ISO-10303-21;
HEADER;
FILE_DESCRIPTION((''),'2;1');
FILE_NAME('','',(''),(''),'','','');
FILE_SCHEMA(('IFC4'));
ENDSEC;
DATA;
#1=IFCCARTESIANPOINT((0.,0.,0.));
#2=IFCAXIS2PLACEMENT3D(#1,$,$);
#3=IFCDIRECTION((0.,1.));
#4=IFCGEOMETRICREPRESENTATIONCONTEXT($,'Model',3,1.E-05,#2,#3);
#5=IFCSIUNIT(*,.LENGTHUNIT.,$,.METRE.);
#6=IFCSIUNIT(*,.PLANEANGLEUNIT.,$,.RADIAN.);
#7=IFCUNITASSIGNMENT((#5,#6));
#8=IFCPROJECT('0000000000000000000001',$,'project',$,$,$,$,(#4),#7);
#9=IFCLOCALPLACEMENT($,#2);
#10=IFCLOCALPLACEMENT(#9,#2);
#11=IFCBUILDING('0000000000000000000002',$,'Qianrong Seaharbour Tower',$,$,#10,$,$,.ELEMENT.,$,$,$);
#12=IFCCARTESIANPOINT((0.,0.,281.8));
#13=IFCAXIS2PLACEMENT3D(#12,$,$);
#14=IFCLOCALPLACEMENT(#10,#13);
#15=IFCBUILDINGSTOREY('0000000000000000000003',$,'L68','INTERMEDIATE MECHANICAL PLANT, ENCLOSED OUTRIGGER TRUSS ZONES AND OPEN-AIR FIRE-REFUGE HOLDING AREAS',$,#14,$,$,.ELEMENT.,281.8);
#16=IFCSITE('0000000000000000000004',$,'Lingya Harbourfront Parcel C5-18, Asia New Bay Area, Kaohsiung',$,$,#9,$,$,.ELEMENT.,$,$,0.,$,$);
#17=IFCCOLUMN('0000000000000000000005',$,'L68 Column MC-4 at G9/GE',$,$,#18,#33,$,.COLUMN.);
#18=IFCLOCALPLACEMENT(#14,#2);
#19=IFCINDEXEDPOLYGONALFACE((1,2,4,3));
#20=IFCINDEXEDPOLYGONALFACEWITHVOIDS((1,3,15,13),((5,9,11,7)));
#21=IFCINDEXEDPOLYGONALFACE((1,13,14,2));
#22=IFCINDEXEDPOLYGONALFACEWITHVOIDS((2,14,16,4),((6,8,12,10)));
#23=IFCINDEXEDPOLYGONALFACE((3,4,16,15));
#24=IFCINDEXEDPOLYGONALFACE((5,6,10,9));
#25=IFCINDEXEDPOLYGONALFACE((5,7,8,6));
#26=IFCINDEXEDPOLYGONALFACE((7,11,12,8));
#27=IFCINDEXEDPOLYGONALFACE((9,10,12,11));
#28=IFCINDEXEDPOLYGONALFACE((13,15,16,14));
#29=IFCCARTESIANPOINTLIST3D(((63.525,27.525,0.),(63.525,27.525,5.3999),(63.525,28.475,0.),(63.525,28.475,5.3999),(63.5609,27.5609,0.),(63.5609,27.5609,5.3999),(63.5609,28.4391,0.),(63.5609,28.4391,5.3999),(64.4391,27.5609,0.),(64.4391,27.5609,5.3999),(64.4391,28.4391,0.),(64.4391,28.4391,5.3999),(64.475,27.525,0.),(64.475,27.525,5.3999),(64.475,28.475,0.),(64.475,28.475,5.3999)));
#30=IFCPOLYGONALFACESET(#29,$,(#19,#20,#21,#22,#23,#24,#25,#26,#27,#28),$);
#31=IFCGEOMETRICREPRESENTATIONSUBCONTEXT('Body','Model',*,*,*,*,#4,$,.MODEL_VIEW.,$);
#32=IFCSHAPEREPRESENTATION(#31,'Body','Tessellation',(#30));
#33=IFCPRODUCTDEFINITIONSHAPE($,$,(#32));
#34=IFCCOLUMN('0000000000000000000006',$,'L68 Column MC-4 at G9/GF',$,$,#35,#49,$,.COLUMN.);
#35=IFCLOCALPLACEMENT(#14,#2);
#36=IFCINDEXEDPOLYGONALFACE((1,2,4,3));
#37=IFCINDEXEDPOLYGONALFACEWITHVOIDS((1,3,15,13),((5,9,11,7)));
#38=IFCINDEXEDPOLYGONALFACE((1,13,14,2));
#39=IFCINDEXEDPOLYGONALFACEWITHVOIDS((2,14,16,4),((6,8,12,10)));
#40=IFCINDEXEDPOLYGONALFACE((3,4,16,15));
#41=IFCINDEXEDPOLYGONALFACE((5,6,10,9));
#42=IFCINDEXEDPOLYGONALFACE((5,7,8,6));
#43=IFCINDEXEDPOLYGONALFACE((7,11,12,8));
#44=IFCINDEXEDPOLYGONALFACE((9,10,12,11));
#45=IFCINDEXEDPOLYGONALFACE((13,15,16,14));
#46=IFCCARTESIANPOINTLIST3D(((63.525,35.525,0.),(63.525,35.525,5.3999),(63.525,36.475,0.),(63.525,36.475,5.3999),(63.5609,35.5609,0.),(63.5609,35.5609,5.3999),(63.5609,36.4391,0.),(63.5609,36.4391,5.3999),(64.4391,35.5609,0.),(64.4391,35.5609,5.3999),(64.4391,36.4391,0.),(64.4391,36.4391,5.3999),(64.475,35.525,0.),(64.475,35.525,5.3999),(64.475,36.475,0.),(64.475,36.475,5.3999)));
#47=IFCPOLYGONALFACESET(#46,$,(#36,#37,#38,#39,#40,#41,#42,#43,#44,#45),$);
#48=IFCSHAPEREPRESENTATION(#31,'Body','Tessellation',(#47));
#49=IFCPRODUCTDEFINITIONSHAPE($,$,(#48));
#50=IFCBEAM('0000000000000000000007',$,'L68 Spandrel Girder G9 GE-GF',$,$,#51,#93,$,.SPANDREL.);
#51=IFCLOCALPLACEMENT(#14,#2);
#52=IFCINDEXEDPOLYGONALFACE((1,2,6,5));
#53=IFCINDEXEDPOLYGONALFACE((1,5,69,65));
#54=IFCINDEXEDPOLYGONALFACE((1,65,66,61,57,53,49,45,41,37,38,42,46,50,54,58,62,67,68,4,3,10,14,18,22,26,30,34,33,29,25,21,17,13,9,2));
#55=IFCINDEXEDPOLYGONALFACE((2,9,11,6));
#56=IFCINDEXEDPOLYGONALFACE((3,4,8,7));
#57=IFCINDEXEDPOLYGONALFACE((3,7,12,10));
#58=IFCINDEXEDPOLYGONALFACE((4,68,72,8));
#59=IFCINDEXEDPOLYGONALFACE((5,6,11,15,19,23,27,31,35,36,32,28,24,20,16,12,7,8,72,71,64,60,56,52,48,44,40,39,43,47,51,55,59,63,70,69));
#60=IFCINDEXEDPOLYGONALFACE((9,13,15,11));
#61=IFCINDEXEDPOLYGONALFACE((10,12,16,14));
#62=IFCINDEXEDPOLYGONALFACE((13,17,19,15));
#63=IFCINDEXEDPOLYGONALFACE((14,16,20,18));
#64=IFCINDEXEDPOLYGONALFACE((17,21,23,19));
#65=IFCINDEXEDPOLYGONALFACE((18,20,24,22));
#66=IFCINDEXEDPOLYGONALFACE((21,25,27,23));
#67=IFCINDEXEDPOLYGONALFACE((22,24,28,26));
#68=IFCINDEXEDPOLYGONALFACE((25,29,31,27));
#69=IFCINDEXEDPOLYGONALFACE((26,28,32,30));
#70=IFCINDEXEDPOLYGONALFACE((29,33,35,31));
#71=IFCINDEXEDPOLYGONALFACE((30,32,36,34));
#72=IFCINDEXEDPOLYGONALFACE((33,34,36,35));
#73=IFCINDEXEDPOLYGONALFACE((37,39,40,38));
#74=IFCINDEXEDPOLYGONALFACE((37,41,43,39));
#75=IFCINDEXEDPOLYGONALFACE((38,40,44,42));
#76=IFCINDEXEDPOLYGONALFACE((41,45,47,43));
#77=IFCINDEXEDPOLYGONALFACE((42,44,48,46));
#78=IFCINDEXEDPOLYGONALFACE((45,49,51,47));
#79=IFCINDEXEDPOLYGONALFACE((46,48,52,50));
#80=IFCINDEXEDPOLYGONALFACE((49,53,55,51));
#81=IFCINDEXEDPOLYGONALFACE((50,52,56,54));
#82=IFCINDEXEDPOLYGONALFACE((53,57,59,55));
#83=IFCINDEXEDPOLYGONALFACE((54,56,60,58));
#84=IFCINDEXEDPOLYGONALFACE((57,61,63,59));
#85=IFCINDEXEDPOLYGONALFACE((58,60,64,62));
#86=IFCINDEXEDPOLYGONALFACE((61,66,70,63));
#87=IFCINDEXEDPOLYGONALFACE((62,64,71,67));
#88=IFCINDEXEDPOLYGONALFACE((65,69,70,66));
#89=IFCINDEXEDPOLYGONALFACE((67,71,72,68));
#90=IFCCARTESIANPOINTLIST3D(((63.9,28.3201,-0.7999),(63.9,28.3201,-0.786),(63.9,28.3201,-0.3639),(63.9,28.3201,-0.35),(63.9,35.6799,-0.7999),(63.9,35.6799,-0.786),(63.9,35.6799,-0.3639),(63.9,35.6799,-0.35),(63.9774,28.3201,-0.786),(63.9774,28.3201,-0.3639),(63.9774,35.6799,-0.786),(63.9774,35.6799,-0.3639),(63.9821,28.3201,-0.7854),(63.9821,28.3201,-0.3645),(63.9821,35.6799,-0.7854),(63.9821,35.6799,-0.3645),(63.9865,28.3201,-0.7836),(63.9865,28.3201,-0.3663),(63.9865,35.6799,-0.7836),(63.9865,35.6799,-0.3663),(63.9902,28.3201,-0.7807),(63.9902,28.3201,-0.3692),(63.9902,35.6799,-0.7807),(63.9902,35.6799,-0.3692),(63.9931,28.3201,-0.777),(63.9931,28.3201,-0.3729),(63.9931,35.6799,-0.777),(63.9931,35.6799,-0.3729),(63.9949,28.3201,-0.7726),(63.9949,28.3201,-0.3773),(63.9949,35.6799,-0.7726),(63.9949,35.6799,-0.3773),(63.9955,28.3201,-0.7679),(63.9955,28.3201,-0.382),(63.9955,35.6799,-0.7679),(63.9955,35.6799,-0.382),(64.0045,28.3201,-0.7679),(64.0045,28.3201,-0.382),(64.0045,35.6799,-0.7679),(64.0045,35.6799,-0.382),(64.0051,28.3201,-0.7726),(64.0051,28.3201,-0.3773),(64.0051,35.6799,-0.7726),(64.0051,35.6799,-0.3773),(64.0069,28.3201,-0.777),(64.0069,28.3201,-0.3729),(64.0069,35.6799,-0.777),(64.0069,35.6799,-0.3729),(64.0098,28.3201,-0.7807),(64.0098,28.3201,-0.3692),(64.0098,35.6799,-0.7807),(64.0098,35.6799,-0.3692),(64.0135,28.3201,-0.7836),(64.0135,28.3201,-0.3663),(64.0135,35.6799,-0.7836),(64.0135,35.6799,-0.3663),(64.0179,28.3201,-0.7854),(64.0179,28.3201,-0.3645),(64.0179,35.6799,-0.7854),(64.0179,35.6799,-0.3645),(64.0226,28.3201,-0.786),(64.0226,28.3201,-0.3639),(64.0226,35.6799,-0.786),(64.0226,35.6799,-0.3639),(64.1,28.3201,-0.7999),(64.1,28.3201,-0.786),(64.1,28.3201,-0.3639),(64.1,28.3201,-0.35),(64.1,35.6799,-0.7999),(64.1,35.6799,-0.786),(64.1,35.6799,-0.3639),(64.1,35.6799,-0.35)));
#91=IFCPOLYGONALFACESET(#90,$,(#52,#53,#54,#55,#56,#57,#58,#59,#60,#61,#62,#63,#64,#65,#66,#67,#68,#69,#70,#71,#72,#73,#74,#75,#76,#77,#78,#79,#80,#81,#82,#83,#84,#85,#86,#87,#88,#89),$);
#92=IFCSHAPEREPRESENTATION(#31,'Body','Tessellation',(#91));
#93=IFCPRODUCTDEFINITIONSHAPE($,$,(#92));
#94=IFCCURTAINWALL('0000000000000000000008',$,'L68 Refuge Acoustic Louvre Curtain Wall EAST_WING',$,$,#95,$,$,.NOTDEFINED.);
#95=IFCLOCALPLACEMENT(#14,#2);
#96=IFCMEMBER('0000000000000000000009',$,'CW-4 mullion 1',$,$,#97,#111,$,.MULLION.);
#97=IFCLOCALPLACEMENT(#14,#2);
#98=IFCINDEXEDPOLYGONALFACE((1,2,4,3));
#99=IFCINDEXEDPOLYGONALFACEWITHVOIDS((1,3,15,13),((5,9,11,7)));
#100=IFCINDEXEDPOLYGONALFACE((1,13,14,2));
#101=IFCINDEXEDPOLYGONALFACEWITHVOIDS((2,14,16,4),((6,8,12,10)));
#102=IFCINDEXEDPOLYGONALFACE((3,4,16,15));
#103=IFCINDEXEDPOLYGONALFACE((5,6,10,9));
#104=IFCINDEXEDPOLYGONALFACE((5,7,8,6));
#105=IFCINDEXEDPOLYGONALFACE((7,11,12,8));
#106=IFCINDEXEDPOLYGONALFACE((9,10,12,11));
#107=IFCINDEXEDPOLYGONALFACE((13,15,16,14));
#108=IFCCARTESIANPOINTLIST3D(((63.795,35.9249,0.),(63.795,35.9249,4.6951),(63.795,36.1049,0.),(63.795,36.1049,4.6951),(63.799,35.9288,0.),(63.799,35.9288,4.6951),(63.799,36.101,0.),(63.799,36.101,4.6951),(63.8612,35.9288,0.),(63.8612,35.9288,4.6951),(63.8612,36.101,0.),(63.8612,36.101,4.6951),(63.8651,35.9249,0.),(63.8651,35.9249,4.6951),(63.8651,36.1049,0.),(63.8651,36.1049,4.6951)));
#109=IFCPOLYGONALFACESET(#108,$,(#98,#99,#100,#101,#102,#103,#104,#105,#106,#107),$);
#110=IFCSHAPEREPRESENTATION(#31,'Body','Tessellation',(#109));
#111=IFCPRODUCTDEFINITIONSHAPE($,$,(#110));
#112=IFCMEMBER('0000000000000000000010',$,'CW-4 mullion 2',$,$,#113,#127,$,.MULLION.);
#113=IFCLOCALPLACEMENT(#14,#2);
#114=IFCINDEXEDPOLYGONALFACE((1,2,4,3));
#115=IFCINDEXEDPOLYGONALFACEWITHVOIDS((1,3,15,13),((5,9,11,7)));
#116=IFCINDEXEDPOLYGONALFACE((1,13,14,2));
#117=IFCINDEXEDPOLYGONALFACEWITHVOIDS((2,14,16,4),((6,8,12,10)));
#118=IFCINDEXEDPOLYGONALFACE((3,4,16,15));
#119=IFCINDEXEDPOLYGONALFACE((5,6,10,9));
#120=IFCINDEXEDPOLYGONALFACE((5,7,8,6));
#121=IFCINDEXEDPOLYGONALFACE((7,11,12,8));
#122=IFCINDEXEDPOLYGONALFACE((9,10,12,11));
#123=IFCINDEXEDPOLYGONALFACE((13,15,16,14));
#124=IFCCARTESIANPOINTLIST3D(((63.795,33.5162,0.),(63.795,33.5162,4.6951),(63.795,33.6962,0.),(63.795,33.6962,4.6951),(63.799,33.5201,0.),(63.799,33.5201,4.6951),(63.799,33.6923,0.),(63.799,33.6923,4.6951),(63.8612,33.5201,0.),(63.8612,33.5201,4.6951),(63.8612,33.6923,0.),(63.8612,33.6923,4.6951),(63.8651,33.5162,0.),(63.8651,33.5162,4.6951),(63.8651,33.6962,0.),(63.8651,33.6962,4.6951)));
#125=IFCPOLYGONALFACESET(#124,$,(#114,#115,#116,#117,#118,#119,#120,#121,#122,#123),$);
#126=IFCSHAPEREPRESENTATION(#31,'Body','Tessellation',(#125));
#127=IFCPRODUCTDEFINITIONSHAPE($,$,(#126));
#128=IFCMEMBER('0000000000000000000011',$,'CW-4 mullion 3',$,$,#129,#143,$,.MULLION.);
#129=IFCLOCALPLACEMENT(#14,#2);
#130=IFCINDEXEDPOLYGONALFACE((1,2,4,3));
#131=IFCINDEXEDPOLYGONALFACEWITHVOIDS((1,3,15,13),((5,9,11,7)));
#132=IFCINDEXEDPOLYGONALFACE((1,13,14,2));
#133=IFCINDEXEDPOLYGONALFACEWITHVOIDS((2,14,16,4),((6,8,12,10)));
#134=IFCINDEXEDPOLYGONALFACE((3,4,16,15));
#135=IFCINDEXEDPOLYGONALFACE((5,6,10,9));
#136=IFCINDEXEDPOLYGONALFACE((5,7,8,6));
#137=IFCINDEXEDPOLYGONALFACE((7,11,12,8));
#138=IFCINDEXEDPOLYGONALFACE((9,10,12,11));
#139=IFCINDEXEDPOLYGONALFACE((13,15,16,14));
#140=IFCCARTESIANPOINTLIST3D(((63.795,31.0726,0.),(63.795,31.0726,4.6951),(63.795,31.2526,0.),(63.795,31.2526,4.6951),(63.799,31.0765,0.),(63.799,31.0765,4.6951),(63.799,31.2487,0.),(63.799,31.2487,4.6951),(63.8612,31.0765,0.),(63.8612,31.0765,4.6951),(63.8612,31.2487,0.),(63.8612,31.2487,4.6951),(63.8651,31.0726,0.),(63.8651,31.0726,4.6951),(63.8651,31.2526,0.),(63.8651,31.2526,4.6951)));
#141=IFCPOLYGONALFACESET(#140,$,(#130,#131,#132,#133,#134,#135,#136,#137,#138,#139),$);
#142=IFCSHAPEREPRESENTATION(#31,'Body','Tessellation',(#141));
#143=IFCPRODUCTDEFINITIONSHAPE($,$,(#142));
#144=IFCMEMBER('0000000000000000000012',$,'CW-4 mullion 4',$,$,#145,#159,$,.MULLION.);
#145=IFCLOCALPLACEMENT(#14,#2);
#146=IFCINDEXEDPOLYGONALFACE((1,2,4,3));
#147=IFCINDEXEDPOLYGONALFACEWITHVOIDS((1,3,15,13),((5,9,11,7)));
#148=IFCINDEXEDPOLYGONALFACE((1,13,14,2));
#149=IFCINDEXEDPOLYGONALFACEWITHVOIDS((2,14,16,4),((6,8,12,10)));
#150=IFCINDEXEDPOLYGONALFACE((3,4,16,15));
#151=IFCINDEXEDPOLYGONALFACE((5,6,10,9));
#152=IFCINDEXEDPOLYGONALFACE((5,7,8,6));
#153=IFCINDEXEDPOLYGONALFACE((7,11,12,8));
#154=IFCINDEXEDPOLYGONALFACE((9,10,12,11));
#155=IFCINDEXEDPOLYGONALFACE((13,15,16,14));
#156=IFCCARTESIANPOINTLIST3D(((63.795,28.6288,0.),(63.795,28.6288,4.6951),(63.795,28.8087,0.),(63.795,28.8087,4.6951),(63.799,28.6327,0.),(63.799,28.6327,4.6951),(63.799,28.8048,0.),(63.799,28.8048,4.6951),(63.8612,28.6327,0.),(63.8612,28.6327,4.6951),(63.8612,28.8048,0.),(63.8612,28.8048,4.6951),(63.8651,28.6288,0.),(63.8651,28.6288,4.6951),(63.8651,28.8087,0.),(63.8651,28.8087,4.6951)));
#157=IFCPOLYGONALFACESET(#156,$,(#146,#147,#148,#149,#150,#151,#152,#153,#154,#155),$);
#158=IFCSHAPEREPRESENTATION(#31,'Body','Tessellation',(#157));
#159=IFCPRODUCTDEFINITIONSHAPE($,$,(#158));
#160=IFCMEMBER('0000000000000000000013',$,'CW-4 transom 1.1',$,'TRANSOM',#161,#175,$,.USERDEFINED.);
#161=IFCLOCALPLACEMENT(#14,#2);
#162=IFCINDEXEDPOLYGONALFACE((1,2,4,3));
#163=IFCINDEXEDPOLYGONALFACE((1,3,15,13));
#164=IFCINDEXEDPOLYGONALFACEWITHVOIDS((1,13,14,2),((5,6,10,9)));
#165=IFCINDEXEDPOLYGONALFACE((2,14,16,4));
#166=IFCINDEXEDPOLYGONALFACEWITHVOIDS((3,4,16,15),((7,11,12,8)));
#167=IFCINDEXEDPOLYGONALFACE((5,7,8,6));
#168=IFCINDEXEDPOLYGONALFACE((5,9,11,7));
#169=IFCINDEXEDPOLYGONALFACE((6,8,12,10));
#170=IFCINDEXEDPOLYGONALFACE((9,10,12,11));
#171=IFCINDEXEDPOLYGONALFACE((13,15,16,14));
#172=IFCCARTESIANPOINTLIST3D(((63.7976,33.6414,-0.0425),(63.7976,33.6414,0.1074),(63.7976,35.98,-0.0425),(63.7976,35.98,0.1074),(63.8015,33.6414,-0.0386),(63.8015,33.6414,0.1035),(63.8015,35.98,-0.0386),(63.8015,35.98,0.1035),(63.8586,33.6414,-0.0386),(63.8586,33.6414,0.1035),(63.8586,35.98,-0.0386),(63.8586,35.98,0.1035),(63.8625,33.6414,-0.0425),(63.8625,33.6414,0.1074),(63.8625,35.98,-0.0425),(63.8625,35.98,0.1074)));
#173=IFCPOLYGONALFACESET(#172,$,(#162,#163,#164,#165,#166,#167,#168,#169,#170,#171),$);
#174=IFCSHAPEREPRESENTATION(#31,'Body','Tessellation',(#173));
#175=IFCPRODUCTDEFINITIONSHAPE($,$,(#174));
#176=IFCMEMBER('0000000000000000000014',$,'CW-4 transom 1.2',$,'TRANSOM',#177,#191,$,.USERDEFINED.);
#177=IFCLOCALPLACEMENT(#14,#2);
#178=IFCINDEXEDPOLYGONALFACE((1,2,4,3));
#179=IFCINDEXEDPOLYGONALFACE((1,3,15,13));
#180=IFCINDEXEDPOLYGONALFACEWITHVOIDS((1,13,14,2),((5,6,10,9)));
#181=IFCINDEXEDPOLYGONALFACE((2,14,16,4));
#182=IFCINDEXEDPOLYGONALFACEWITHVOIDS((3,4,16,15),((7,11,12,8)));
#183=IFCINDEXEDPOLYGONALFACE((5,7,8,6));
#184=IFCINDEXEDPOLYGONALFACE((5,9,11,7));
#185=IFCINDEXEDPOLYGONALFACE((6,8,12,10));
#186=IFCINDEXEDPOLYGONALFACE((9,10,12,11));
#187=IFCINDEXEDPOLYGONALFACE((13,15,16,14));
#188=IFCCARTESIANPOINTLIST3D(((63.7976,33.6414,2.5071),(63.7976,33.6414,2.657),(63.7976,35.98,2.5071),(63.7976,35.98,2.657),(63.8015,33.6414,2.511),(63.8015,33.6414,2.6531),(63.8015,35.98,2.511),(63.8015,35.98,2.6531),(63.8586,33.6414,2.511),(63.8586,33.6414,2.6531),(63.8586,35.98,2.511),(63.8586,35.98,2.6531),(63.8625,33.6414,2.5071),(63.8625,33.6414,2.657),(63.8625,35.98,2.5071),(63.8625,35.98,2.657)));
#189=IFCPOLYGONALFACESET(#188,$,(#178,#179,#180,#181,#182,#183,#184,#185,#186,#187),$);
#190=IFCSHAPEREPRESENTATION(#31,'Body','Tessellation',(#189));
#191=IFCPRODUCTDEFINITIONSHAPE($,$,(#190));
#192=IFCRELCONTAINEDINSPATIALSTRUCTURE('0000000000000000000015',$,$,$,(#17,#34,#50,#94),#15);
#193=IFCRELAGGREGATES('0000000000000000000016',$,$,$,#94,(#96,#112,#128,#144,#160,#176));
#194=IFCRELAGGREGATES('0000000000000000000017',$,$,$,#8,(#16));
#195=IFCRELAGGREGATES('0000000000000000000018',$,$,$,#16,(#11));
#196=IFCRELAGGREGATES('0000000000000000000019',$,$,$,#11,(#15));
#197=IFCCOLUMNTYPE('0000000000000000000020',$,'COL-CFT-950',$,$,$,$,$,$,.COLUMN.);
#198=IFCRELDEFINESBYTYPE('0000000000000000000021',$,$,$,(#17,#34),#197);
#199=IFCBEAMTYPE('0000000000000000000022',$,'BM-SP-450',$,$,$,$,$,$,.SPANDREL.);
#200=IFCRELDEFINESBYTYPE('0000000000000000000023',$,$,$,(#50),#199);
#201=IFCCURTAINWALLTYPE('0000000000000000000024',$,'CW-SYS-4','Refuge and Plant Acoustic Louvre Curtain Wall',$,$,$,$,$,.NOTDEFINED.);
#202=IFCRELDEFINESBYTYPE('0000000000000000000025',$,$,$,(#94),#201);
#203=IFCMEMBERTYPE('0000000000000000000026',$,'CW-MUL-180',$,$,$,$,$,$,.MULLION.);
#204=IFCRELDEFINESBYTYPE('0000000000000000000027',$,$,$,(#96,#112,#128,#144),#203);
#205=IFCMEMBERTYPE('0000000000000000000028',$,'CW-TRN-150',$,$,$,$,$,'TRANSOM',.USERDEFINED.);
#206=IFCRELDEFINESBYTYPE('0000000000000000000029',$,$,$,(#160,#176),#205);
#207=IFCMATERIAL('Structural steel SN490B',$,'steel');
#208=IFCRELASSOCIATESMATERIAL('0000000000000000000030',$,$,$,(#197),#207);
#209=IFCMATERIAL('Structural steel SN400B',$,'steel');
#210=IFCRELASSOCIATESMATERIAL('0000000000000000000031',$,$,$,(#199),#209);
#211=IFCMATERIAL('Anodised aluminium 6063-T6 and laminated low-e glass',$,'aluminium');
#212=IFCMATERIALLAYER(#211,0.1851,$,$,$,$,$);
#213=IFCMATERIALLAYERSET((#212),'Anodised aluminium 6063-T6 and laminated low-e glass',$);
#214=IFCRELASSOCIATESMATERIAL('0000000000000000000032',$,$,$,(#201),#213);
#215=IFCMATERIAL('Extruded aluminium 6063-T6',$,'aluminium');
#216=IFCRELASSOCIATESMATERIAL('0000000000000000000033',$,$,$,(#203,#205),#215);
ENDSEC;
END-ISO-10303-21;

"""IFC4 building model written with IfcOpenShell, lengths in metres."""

from ifc_helpers import new_model, si_unit, direction, frame, origin, origin_2d, place, context, subcontext, project, spatial, hollow_rectangle, i_section, extrude, material, layer, layer_set, material_profile, profile_set, type_object, element, aggregate, save


model = new_model("IFC4")

# Units and contexts
model_context = context("Model", 3, precision=1e-05, world=origin(), true_north=direction((0.0, 1.0)))
body_context = subcontext(model_context, "Body", "Model", "MODEL_VIEW")
ifc_project = project(units=[si_unit("LENGTHUNIT", "METRE"), si_unit("PLANEANGLEUNIT", "RADIAN")], contexts=[model_context])

# Site, building, storey
site_placement = place(None, origin())
site = spatial("IfcSite", under=ifc_project, at=site_placement, Name="Lingya Harbourfront Parcel C5-18, Asia New Bay Area, Kaohsiung", CompositionType="ELEMENT", RefElevation=0.0)
building_placement = place(site_placement, origin())
building = spatial("IfcBuilding", under=site, at=building_placement, Name="Qianrong Seaharbour Tower", CompositionType="ELEMENT")
storey_placement = place(building_placement, frame((0.0, 0.0, 281.8)))
storey = spatial("IfcBuildingStorey", under=building, at=storey_placement, Name="L68", Description="INTERMEDIATE MECHANICAL PLANT, ENCLOSED OUTRIGGER TRUSS ZONES AND OPEN-AIR FIRE-REFUGE HOLDING AREAS", CompositionType="ELEMENT", Elevation=281.8)

# Columns
ifc_material_1 = material(Name="Structural steel SN490B", Category="steel")
ifc_material_profile_1 = material_profile(ifc_material_1, hollow_rectangle(XDim=0.95, YDim=0.95, WallThickness=0.0359, at=origin_2d()), Name="BOX950x950x36")
ifc_profile_set_1 = profile_set([ifc_material_profile_1], Name="Structural steel SN490B")
column_type = type_object("IfcColumnType", Name="COL-CFT-950", PredefinedType="COLUMN", material=ifc_profile_set_1)
for number, where, z_axis, x_axis, name in (
    (1, (64.0, 28.0, 0.0), (0.0, 0.0, 1.0), (1.0, 0.0, 0.0), "L68 Column MC-4 at G9/GE"),
    (2, (64.0, 36.0, 0.0), (0.0, 0.0, 1.0), (1.0, 0.0, 0.0), "L68 Column MC-4 at G9/GF"),
):
    element("IfcColumn", number, at=place(storey_placement, frame(where, z_axis=z_axis, x_axis=x_axis)), inside=storey, type_object=column_type, Name=name, PredefinedType="COLUMN", context=body_context, shape_type="SweptSolid", body=[
        extrude(hollow_rectangle(XDim=0.95, YDim=0.95, WallThickness=0.0359, at=origin_2d()), origin(), (0.0, 0.0, 1.0), 5.3999),
    ])

# Beam
ifc_material_2 = material(Name="Structural steel SN400B", Category="steel")
ifc_material_profile_2 = material_profile(ifc_material_2, i_section(OverallWidth=0.2, OverallDepth=0.45, WebThickness=0.009, FlangeThickness=0.0139, FilletRadius=0.0181, at=origin_2d()), Name="H450x200x9x14")
ifc_profile_set_2 = profile_set([ifc_material_profile_2], Name="Structural steel SN400B")
beam_type = type_object("IfcBeamType", Name="BM-SP-450", PredefinedType="SPANDREL", material=ifc_profile_set_2)
beam_placement = place(storey_placement, frame((64.0, 28.3201, -0.575), z_axis=(0.0, 1.0, 0.0), x_axis=(-1.0, 0.0, 0.0)))
element("IfcBeam", 3, at=beam_placement, inside=storey, type_object=beam_type, Name="L68 Spandrel Girder G9 GE-GF", PredefinedType="SPANDREL", context=body_context, shape_type="SweptSolid", body=[
    extrude(i_section(OverallWidth=0.2, OverallDepth=0.45, WebThickness=0.009, FlangeThickness=0.0139, FilletRadius=0.0181, at=origin_2d()), origin(), (0.0, 0.0, 1.0), 7.3599),
])

# Curtain wall, members
ifc_material_3 = material(Name="Anodised aluminium 6063-T6 and laminated low-e glass", Category="aluminium")
ifc_layer_1 = layer(ifc_material_3, 0.1851)
ifc_layer_set_1 = layer_set([ifc_layer_1], Name="Anodised aluminium 6063-T6 and laminated low-e glass")
curtain_wall_type = type_object("IfcCurtainWallType", Name="CW-SYS-4", Description="Refuge and Plant Acoustic Louvre Curtain Wall", PredefinedType="NOTDEFINED", material=ifc_layer_set_1)
curtain_wall_placement = place(storey_placement, origin())
curtain_wall = element("IfcCurtainWall", 4, at=curtain_wall_placement, inside=storey, type_object=curtain_wall_type, Name="L68 Refuge Acoustic Louvre Curtain Wall EAST_WING", PredefinedType="NOTDEFINED")
ifc_material_4 = material(Name="Extruded aluminium 6063-T6", Category="aluminium")
ifc_material_profile_3 = material_profile(ifc_material_4, hollow_rectangle(XDim=0.0701, YDim=0.1799, WallThickness=0.0039, at=origin_2d()), Name="ALU-MUL-180x70x4")
ifc_profile_set_3 = profile_set([ifc_material_profile_3], Name="Extruded aluminium 6063-T6")
member_type_1 = type_object("IfcMemberType", Name="CW-MUL-180", PredefinedType="MULLION", material=ifc_profile_set_3)
member_1_placement = place(storey_placement, frame((63.8301, 36.0149, 0.0), z_axis=(0.0, 0.0, 1.0), x_axis=(1.0, 0.0, 0.0)))
member_1 = element("IfcMember", 5, at=member_1_placement, type_object=member_type_1, Name="CW-4 mullion 1", PredefinedType="MULLION", context=body_context, shape_type="SweptSolid", body=[
    extrude(hollow_rectangle(XDim=0.0701, YDim=0.1799, WallThickness=0.0039, at=origin_2d()), origin(), (0.0, 0.0, 1.0), 4.6951),
])
member_2_placement = place(storey_placement, frame((63.8301, 33.6062, 0.0), z_axis=(0.0, 0.0, 1.0), x_axis=(1.0, 0.0, 0.0)))
member_2 = element("IfcMember", 6, at=member_2_placement, type_object=member_type_1, Name="CW-4 mullion 2", PredefinedType="MULLION", context=body_context, shape_type="SweptSolid", body=[
    extrude(hollow_rectangle(XDim=0.0701, YDim=0.1799, WallThickness=0.0039, at=origin_2d()), origin(), (0.0, 0.0, 1.0), 4.6951),
])
member_3_placement = place(storey_placement, frame((63.8301, 31.1626, 0.0), z_axis=(0.0, 0.0, 1.0), x_axis=(1.0, 0.0, 0.0)))
member_3 = element("IfcMember", 7, at=member_3_placement, type_object=member_type_1, Name="CW-4 mullion 3", PredefinedType="MULLION", context=body_context, shape_type="SweptSolid", body=[
    extrude(hollow_rectangle(XDim=0.0701, YDim=0.1799, WallThickness=0.0039, at=origin_2d()), origin(), (0.0, 0.0, 1.0), 4.6951),
])
member_4_placement = place(storey_placement, frame((63.8301, 28.7188, 0.0), z_axis=(0.0, 0.0, 1.0), x_axis=(1.0, 0.0, 0.0)))
member_4 = element("IfcMember", 8, at=member_4_placement, type_object=member_type_1, Name="CW-4 mullion 4", PredefinedType="MULLION", context=body_context, shape_type="SweptSolid", body=[
    extrude(hollow_rectangle(XDim=0.0701, YDim=0.1799, WallThickness=0.0039, at=origin_2d()), origin(), (0.0, 0.0, 1.0), 4.6951),
])
ifc_material_profile_4 = material_profile(ifc_material_4, hollow_rectangle(XDim=0.0649, YDim=0.1499, WallThickness=0.0039, at=origin_2d()), Name="ALU-TRN-150x65x4")
ifc_profile_set_4 = profile_set([ifc_material_profile_4], Name="Extruded aluminium 6063-T6")
member_type_2 = type_object("IfcMemberType", Name="CW-TRN-150", ElementType="TRANSOM", PredefinedType="USERDEFINED", material=ifc_profile_set_4)
member_5_placement = place(storey_placement, frame((63.8301, 35.98, 0.0325), z_axis=(0.0, -1.0, 0.0), x_axis=(1.0, 0.0, 0.0)))
member_5 = element("IfcMember", 9, at=member_5_placement, type_object=member_type_2, Name="CW-4 transom 1.1", ObjectType="TRANSOM", PredefinedType="USERDEFINED", context=body_context, shape_type="SweptSolid", body=[
    extrude(hollow_rectangle(XDim=0.0649, YDim=0.1499, WallThickness=0.0039, at=origin_2d()), origin(), (0.0, 0.0, 1.0), 2.3386),
])
member_6_placement = place(storey_placement, frame((63.8301, 35.98, 2.582), z_axis=(0.0, -1.0, 0.0), x_axis=(1.0, 0.0, 0.0)))
member_6 = element("IfcMember", 10, at=member_6_placement, type_object=member_type_2, Name="CW-4 transom 1.2", ObjectType="TRANSOM", PredefinedType="USERDEFINED", context=body_context, shape_type="SweptSolid", body=[
    extrude(hollow_rectangle(XDim=0.0649, YDim=0.1499, WallThickness=0.0039, at=origin_2d()), origin(), (0.0, 0.0, 1.0), 2.3386),
])
aggregate(curtain_wall, [member_1, member_2, member_3, member_4, member_5, member_6])

save(model, "model.ifc")
